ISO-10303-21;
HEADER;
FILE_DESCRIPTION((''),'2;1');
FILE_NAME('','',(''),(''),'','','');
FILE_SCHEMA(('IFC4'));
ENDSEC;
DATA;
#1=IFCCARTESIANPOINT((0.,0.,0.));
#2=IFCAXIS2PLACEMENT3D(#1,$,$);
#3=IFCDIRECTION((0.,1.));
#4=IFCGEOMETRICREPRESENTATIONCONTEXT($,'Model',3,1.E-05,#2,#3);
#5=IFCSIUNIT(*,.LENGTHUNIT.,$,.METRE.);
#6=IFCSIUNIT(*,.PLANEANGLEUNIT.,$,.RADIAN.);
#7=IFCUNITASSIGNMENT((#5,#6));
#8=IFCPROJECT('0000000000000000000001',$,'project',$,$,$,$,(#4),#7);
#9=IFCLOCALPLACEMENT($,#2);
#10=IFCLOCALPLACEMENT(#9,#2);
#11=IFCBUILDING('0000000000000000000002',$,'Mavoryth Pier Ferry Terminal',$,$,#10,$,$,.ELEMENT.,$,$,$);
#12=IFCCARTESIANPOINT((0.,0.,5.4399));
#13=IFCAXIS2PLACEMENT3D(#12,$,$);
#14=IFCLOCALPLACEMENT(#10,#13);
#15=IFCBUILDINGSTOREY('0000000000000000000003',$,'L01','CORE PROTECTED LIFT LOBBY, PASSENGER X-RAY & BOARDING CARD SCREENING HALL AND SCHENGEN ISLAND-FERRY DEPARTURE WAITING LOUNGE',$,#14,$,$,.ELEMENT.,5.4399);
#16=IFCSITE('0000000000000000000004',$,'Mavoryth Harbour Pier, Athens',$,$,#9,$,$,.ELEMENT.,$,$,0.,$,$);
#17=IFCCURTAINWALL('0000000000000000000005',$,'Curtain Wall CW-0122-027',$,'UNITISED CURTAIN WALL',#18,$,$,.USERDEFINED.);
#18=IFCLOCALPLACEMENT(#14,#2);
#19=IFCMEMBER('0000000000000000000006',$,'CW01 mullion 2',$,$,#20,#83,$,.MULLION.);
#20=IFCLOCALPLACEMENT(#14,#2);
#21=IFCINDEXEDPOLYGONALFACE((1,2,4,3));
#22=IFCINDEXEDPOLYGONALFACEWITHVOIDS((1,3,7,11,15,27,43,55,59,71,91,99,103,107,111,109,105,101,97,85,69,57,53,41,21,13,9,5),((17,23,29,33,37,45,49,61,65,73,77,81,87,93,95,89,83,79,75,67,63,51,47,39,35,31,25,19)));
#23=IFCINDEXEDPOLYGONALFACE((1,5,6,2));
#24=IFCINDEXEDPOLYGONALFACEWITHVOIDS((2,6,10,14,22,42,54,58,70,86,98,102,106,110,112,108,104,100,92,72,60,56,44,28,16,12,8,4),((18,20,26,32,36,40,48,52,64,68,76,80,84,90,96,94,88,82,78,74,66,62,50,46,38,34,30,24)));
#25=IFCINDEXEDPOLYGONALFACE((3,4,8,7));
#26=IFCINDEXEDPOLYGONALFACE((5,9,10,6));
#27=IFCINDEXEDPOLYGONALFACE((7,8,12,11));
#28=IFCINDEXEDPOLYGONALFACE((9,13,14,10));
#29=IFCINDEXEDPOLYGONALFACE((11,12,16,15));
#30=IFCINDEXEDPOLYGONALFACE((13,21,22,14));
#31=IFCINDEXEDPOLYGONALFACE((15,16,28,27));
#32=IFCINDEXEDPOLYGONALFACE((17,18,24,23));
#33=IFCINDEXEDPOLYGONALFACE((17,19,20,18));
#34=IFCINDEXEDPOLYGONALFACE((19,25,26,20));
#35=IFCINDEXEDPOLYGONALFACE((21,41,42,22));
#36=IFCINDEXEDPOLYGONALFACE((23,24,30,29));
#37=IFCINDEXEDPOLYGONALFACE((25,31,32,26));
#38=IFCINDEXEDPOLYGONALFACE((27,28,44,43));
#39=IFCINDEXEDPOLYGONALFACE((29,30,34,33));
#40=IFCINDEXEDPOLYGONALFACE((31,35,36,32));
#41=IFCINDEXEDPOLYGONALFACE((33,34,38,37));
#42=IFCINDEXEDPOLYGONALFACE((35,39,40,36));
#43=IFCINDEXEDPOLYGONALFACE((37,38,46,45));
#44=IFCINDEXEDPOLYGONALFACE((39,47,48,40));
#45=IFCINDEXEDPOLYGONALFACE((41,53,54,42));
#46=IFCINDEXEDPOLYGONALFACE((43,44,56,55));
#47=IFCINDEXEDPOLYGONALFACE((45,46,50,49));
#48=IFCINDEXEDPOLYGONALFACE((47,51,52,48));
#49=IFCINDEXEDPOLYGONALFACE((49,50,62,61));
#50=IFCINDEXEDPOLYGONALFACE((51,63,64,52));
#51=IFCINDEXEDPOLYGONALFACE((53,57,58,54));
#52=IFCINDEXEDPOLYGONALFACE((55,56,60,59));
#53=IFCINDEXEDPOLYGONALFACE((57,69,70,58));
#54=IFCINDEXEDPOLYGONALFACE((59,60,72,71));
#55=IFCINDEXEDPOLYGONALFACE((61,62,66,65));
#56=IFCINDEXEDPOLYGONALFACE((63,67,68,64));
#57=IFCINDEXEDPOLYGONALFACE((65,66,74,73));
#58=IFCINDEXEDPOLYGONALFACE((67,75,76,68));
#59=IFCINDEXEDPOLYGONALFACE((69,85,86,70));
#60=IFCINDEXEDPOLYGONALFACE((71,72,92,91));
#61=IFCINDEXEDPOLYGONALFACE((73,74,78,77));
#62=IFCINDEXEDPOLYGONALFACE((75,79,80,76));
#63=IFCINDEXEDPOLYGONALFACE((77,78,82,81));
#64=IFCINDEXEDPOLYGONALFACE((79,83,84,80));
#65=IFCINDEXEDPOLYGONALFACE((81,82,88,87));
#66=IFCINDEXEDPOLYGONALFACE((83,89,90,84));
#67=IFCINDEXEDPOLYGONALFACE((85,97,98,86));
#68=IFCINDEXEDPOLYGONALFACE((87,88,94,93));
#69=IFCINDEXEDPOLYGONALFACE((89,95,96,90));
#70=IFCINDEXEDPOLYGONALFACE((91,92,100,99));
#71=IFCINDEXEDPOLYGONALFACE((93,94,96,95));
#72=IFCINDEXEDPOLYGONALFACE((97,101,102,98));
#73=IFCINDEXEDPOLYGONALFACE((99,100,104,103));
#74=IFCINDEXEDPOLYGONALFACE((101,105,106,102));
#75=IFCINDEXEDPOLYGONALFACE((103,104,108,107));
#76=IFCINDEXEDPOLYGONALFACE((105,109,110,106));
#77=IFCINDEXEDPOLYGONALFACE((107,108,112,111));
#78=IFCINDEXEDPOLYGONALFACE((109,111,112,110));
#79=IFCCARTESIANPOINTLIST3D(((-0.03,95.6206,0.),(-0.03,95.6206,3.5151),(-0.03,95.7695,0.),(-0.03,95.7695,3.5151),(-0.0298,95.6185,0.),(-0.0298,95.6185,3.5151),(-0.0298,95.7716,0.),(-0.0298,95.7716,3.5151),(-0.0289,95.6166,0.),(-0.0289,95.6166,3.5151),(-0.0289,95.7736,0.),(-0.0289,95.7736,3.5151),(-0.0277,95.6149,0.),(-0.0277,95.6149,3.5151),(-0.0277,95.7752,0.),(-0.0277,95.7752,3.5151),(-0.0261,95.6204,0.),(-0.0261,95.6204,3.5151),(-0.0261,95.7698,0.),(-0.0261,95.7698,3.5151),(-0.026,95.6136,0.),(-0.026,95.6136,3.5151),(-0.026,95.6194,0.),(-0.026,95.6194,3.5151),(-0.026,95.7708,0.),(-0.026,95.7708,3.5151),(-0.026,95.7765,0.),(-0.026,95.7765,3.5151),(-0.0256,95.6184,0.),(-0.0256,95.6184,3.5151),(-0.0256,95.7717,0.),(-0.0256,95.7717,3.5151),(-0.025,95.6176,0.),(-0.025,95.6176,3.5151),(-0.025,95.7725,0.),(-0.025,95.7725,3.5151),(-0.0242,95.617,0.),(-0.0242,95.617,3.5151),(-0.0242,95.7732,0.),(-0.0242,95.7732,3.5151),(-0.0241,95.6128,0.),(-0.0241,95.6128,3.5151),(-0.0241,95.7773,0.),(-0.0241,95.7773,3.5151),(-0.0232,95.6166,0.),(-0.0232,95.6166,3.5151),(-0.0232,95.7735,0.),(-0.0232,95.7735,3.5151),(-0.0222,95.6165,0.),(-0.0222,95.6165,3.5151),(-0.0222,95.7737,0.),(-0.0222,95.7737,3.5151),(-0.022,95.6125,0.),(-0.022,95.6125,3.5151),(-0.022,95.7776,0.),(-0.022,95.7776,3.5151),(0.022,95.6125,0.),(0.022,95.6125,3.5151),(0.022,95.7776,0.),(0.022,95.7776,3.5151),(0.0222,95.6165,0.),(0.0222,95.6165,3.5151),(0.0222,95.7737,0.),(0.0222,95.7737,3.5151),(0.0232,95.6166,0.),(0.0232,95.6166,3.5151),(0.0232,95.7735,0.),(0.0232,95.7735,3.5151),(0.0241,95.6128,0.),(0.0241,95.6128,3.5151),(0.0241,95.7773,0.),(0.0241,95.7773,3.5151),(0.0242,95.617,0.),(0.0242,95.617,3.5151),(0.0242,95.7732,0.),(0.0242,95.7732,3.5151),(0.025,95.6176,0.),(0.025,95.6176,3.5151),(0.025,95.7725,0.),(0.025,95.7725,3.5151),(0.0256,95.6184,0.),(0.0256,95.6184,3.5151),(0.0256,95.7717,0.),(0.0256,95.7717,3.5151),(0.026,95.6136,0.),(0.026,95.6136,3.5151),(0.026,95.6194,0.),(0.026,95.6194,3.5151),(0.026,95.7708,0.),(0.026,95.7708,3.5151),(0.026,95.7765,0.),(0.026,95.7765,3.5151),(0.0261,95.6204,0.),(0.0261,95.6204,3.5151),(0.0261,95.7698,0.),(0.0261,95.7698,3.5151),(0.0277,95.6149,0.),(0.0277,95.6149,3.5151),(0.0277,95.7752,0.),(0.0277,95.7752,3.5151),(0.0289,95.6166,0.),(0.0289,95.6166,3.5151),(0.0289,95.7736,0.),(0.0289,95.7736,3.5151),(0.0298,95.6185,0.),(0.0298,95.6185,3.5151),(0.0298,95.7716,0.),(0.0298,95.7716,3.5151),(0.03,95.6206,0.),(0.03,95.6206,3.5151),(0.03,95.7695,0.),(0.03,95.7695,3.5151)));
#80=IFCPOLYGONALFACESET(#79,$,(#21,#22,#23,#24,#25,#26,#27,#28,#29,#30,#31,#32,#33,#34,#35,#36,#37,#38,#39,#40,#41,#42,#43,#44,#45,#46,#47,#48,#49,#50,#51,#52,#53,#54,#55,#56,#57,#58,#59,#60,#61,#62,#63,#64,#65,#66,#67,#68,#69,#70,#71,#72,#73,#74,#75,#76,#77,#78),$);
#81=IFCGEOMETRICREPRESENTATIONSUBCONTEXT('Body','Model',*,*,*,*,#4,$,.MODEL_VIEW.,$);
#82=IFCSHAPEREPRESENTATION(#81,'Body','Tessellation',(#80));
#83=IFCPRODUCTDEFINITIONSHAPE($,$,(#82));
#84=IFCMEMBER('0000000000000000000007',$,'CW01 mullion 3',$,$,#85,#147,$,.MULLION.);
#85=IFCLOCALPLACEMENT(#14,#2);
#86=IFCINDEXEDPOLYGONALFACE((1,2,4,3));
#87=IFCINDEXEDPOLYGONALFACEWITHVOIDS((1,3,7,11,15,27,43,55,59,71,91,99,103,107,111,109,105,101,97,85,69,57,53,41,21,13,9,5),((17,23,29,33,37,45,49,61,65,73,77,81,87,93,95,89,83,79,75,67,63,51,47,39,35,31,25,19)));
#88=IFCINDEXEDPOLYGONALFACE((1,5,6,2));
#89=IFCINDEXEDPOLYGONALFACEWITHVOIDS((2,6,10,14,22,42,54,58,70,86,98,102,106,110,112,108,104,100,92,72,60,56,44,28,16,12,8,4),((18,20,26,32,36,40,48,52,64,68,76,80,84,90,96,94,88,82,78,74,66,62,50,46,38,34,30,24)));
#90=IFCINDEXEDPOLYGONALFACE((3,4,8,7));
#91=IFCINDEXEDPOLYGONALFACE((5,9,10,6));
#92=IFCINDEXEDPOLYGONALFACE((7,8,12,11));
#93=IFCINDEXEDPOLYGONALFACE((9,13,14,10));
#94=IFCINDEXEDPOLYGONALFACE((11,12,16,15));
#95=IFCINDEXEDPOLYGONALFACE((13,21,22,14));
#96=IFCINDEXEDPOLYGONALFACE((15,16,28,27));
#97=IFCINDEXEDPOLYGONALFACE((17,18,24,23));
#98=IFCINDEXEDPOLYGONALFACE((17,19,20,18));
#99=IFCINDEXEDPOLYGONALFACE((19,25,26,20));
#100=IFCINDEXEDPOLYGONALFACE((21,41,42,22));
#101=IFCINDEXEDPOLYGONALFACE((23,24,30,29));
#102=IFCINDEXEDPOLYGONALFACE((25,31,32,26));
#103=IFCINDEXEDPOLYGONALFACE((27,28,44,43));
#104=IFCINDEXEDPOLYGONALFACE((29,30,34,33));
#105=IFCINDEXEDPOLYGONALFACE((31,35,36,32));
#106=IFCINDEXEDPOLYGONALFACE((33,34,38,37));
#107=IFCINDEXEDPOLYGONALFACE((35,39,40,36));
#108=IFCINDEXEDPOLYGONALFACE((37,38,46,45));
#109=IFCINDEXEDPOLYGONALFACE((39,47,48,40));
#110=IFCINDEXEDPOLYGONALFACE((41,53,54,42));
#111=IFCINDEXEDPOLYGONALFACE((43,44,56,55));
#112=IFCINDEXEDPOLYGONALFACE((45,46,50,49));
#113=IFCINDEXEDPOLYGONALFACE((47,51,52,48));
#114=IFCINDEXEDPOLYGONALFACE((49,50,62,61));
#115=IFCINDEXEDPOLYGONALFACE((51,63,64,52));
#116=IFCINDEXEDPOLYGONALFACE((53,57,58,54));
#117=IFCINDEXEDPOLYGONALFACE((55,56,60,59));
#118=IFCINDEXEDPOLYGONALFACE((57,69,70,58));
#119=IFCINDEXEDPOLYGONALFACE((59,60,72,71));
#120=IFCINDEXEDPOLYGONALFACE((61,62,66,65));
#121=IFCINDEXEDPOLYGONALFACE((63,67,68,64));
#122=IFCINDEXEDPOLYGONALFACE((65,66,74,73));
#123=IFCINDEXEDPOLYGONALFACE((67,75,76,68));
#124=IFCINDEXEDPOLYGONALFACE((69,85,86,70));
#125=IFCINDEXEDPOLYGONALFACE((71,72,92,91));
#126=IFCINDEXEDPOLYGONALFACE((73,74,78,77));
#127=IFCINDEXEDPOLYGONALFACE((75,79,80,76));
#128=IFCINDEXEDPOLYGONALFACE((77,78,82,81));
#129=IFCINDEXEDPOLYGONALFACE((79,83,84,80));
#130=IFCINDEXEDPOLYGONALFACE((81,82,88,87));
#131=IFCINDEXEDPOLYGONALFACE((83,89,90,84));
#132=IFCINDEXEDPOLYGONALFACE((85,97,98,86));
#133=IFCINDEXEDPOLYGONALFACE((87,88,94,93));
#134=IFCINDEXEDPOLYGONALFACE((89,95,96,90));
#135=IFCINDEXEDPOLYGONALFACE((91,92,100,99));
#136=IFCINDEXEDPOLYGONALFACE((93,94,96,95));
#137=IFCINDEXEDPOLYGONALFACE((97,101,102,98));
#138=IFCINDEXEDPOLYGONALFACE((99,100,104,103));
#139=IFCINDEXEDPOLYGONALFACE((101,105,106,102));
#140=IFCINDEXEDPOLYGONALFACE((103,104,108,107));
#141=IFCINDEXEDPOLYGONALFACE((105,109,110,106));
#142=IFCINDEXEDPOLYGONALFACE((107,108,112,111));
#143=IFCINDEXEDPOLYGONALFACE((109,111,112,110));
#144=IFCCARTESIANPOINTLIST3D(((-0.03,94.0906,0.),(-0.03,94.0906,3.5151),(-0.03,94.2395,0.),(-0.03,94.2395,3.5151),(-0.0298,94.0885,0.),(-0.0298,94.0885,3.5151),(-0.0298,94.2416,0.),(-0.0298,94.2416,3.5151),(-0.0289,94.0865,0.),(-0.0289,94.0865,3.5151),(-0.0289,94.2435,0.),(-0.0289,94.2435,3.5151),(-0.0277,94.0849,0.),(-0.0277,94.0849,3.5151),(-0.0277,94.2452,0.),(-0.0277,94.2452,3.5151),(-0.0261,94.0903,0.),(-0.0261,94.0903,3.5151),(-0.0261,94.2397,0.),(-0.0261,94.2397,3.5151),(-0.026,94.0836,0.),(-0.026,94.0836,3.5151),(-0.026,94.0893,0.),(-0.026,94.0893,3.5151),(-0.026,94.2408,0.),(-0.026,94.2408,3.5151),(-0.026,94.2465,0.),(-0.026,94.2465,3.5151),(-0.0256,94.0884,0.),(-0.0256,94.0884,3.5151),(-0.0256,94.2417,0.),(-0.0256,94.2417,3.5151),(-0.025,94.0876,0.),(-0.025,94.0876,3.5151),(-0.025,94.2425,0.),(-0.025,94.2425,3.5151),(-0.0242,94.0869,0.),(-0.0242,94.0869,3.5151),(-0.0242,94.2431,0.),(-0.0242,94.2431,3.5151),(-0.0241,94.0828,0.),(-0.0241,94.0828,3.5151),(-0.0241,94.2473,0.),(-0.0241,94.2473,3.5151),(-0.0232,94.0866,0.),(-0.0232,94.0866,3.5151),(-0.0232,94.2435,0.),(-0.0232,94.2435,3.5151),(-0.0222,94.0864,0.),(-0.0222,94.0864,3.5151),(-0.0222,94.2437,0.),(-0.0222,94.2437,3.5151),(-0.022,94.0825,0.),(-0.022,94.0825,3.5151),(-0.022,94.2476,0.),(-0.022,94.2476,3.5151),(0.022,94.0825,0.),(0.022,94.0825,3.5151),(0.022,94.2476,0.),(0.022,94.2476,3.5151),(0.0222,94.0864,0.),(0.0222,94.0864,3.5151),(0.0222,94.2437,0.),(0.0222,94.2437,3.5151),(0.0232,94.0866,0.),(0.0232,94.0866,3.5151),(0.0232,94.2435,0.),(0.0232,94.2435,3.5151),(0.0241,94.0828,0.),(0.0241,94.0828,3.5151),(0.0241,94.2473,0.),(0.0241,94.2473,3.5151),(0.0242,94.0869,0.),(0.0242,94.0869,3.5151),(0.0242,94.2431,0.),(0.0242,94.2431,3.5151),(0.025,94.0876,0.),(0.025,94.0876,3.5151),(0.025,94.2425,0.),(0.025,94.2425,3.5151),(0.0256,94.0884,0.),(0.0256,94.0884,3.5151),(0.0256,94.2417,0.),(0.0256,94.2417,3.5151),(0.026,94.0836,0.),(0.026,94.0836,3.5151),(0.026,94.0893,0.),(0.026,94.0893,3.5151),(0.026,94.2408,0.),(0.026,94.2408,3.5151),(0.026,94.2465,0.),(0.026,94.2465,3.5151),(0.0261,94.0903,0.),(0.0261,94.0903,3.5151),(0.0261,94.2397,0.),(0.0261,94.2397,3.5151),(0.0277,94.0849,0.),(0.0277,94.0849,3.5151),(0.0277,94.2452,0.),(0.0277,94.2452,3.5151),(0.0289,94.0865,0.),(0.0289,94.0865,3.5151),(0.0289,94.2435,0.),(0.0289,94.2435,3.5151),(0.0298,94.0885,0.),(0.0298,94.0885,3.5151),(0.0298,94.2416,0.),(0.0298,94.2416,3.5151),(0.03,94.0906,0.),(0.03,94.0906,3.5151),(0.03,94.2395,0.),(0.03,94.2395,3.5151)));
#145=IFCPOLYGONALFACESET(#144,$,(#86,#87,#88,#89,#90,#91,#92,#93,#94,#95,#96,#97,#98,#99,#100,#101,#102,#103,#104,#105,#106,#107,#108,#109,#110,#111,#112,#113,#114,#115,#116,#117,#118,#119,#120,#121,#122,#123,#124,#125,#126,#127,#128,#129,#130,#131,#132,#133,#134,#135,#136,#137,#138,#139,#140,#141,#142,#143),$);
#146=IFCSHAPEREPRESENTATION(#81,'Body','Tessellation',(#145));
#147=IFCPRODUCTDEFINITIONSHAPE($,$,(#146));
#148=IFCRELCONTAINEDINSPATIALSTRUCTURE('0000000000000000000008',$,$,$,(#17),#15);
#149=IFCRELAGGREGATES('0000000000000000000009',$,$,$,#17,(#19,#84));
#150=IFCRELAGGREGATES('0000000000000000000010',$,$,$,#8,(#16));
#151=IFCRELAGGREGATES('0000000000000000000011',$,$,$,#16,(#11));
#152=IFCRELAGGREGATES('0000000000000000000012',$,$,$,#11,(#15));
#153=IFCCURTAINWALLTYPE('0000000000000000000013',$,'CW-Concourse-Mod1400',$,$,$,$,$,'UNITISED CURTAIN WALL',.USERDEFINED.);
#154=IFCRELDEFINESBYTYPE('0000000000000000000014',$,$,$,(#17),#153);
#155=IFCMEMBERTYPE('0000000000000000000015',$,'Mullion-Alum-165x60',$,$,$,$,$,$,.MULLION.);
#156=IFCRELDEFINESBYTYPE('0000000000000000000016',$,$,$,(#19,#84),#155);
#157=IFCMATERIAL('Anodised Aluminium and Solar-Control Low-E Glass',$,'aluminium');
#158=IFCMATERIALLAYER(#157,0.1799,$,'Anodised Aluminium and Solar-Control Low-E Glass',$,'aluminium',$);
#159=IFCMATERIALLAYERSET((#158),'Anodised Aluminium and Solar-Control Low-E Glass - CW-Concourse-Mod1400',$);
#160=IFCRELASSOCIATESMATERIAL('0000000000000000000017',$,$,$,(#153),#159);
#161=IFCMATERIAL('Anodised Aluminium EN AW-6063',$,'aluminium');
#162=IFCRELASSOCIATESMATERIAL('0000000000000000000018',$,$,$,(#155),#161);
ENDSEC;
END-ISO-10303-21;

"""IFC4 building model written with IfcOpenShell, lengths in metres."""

from ifc_helpers import new_model, si_unit, direction, frame, origin, origin_2d, place, context, subcontext, project, spatial, hollow_rectangle, extrude, material, layer, layer_set, material_profile, profile_set, type_object, element, aggregate, save


model = new_model("IFC4")

# Units and contexts
model_context = context("Model", 3, precision=1e-05, world=origin(), true_north=direction((0.0, 1.0)))
body_context = subcontext(model_context, "Body", "Model", "MODEL_VIEW")
ifc_project = project(units=[si_unit("LENGTHUNIT", "METRE"), si_unit("PLANEANGLEUNIT", "RADIAN")], contexts=[model_context])

# Site, building, storey
site_placement = place(None, origin())
site = spatial("IfcSite", under=ifc_project, at=site_placement, Name="Mavoryth Harbour Pier, Athens", CompositionType="ELEMENT", RefElevation=0.0)
building_placement = place(site_placement, origin())
building = spatial("IfcBuilding", under=site, at=building_placement, Name="Mavoryth Pier Ferry Terminal", CompositionType="ELEMENT")
storey_placement = place(building_placement, frame((0.0, 0.0, 5.4399)))
storey = spatial("IfcBuildingStorey", under=building, at=storey_placement, Name="L01", Description="CORE PROTECTED LIFT LOBBY, PASSENGER X-RAY & BOARDING CARD SCREENING HALL AND SCHENGEN ISLAND-FERRY DEPARTURE WAITING LOUNGE", CompositionType="ELEMENT", Elevation=5.4399)

# Curtain wall, members
ifc_material_1 = material(Name="Anodised Aluminium and Solar-Control Low-E Glass", Category="aluminium")
ifc_layer_1 = layer(ifc_material_1, 0.1799, Name="Anodised Aluminium and Solar-Control Low-E Glass", Category="aluminium")
ifc_layer_set_1 = layer_set([ifc_layer_1], Name="Anodised Aluminium and Solar-Control Low-E Glass - CW-Concourse-Mod1400")
curtain_wall_type = type_object("IfcCurtainWallType", Name="CW-Concourse-Mod1400", ElementType="UNITISED CURTAIN WALL", PredefinedType="USERDEFINED", material=ifc_layer_set_1)
curtain_wall_placement = place(storey_placement, origin())
curtain_wall = element("IfcCurtainWall", 1, at=curtain_wall_placement, inside=storey, type_object=curtain_wall_type, Name="Curtain Wall CW-0122-027", ObjectType="UNITISED CURTAIN WALL", PredefinedType="USERDEFINED")
ifc_material_2 = material(Name="Anodised Aluminium EN AW-6063", Category="aluminium")
ifc_material_profile_1 = material_profile(ifc_material_2, hollow_rectangle(XDim=0.0601, YDim=0.165, WallThickness=0.0039, InnerFilletRadius=0.0039, OuterFilletRadius=0.0081, at=origin_2d()), Name="AL-MULL 165x60x4", Category="aluminium")
ifc_profile_set_1 = profile_set([ifc_material_profile_1], Name="Anodised Aluminium EN AW-6063 - AL-MULL 165x60x4")
member_type_1 = type_object("IfcMemberType", Name="Mullion-Alum-165x60", PredefinedType="MULLION", material=ifc_profile_set_1)
member_1_placement = place(storey_placement, frame((0.0, 95.6951, 0.0), z_axis=(0.0, 0.0, 1.0), x_axis=(1.0, 0.0, 0.0)))
member_1 = element("IfcMember", 2, at=member_1_placement, type_object=member_type_1, Name="CW01 mullion 2", PredefinedType="MULLION", context=body_context, shape_type="SweptSolid", body=[
    extrude(hollow_rectangle(XDim=0.0601, YDim=0.165, WallThickness=0.0039, InnerFilletRadius=0.0039, OuterFilletRadius=0.0081, at=origin_2d()), origin(), (0.0, 0.0, 1.0), 3.5151),
])
member_2_placement = place(storey_placement, frame((0.0, 94.165, 0.0), z_axis=(0.0, 0.0, 1.0), x_axis=(1.0, 0.0, 0.0)))
member_2 = element("IfcMember", 3, at=member_2_placement, type_object=member_type_1, Name="CW01 mullion 3", PredefinedType="MULLION", context=body_context, shape_type="SweptSolid", body=[
    extrude(hollow_rectangle(XDim=0.0601, YDim=0.165, WallThickness=0.0039, InnerFilletRadius=0.0039, OuterFilletRadius=0.0081, at=origin_2d()), origin(), (0.0, 0.0, 1.0), 3.5151),
])
aggregate(curtain_wall, [member_1, member_2])

save(model, "model.ifc")
